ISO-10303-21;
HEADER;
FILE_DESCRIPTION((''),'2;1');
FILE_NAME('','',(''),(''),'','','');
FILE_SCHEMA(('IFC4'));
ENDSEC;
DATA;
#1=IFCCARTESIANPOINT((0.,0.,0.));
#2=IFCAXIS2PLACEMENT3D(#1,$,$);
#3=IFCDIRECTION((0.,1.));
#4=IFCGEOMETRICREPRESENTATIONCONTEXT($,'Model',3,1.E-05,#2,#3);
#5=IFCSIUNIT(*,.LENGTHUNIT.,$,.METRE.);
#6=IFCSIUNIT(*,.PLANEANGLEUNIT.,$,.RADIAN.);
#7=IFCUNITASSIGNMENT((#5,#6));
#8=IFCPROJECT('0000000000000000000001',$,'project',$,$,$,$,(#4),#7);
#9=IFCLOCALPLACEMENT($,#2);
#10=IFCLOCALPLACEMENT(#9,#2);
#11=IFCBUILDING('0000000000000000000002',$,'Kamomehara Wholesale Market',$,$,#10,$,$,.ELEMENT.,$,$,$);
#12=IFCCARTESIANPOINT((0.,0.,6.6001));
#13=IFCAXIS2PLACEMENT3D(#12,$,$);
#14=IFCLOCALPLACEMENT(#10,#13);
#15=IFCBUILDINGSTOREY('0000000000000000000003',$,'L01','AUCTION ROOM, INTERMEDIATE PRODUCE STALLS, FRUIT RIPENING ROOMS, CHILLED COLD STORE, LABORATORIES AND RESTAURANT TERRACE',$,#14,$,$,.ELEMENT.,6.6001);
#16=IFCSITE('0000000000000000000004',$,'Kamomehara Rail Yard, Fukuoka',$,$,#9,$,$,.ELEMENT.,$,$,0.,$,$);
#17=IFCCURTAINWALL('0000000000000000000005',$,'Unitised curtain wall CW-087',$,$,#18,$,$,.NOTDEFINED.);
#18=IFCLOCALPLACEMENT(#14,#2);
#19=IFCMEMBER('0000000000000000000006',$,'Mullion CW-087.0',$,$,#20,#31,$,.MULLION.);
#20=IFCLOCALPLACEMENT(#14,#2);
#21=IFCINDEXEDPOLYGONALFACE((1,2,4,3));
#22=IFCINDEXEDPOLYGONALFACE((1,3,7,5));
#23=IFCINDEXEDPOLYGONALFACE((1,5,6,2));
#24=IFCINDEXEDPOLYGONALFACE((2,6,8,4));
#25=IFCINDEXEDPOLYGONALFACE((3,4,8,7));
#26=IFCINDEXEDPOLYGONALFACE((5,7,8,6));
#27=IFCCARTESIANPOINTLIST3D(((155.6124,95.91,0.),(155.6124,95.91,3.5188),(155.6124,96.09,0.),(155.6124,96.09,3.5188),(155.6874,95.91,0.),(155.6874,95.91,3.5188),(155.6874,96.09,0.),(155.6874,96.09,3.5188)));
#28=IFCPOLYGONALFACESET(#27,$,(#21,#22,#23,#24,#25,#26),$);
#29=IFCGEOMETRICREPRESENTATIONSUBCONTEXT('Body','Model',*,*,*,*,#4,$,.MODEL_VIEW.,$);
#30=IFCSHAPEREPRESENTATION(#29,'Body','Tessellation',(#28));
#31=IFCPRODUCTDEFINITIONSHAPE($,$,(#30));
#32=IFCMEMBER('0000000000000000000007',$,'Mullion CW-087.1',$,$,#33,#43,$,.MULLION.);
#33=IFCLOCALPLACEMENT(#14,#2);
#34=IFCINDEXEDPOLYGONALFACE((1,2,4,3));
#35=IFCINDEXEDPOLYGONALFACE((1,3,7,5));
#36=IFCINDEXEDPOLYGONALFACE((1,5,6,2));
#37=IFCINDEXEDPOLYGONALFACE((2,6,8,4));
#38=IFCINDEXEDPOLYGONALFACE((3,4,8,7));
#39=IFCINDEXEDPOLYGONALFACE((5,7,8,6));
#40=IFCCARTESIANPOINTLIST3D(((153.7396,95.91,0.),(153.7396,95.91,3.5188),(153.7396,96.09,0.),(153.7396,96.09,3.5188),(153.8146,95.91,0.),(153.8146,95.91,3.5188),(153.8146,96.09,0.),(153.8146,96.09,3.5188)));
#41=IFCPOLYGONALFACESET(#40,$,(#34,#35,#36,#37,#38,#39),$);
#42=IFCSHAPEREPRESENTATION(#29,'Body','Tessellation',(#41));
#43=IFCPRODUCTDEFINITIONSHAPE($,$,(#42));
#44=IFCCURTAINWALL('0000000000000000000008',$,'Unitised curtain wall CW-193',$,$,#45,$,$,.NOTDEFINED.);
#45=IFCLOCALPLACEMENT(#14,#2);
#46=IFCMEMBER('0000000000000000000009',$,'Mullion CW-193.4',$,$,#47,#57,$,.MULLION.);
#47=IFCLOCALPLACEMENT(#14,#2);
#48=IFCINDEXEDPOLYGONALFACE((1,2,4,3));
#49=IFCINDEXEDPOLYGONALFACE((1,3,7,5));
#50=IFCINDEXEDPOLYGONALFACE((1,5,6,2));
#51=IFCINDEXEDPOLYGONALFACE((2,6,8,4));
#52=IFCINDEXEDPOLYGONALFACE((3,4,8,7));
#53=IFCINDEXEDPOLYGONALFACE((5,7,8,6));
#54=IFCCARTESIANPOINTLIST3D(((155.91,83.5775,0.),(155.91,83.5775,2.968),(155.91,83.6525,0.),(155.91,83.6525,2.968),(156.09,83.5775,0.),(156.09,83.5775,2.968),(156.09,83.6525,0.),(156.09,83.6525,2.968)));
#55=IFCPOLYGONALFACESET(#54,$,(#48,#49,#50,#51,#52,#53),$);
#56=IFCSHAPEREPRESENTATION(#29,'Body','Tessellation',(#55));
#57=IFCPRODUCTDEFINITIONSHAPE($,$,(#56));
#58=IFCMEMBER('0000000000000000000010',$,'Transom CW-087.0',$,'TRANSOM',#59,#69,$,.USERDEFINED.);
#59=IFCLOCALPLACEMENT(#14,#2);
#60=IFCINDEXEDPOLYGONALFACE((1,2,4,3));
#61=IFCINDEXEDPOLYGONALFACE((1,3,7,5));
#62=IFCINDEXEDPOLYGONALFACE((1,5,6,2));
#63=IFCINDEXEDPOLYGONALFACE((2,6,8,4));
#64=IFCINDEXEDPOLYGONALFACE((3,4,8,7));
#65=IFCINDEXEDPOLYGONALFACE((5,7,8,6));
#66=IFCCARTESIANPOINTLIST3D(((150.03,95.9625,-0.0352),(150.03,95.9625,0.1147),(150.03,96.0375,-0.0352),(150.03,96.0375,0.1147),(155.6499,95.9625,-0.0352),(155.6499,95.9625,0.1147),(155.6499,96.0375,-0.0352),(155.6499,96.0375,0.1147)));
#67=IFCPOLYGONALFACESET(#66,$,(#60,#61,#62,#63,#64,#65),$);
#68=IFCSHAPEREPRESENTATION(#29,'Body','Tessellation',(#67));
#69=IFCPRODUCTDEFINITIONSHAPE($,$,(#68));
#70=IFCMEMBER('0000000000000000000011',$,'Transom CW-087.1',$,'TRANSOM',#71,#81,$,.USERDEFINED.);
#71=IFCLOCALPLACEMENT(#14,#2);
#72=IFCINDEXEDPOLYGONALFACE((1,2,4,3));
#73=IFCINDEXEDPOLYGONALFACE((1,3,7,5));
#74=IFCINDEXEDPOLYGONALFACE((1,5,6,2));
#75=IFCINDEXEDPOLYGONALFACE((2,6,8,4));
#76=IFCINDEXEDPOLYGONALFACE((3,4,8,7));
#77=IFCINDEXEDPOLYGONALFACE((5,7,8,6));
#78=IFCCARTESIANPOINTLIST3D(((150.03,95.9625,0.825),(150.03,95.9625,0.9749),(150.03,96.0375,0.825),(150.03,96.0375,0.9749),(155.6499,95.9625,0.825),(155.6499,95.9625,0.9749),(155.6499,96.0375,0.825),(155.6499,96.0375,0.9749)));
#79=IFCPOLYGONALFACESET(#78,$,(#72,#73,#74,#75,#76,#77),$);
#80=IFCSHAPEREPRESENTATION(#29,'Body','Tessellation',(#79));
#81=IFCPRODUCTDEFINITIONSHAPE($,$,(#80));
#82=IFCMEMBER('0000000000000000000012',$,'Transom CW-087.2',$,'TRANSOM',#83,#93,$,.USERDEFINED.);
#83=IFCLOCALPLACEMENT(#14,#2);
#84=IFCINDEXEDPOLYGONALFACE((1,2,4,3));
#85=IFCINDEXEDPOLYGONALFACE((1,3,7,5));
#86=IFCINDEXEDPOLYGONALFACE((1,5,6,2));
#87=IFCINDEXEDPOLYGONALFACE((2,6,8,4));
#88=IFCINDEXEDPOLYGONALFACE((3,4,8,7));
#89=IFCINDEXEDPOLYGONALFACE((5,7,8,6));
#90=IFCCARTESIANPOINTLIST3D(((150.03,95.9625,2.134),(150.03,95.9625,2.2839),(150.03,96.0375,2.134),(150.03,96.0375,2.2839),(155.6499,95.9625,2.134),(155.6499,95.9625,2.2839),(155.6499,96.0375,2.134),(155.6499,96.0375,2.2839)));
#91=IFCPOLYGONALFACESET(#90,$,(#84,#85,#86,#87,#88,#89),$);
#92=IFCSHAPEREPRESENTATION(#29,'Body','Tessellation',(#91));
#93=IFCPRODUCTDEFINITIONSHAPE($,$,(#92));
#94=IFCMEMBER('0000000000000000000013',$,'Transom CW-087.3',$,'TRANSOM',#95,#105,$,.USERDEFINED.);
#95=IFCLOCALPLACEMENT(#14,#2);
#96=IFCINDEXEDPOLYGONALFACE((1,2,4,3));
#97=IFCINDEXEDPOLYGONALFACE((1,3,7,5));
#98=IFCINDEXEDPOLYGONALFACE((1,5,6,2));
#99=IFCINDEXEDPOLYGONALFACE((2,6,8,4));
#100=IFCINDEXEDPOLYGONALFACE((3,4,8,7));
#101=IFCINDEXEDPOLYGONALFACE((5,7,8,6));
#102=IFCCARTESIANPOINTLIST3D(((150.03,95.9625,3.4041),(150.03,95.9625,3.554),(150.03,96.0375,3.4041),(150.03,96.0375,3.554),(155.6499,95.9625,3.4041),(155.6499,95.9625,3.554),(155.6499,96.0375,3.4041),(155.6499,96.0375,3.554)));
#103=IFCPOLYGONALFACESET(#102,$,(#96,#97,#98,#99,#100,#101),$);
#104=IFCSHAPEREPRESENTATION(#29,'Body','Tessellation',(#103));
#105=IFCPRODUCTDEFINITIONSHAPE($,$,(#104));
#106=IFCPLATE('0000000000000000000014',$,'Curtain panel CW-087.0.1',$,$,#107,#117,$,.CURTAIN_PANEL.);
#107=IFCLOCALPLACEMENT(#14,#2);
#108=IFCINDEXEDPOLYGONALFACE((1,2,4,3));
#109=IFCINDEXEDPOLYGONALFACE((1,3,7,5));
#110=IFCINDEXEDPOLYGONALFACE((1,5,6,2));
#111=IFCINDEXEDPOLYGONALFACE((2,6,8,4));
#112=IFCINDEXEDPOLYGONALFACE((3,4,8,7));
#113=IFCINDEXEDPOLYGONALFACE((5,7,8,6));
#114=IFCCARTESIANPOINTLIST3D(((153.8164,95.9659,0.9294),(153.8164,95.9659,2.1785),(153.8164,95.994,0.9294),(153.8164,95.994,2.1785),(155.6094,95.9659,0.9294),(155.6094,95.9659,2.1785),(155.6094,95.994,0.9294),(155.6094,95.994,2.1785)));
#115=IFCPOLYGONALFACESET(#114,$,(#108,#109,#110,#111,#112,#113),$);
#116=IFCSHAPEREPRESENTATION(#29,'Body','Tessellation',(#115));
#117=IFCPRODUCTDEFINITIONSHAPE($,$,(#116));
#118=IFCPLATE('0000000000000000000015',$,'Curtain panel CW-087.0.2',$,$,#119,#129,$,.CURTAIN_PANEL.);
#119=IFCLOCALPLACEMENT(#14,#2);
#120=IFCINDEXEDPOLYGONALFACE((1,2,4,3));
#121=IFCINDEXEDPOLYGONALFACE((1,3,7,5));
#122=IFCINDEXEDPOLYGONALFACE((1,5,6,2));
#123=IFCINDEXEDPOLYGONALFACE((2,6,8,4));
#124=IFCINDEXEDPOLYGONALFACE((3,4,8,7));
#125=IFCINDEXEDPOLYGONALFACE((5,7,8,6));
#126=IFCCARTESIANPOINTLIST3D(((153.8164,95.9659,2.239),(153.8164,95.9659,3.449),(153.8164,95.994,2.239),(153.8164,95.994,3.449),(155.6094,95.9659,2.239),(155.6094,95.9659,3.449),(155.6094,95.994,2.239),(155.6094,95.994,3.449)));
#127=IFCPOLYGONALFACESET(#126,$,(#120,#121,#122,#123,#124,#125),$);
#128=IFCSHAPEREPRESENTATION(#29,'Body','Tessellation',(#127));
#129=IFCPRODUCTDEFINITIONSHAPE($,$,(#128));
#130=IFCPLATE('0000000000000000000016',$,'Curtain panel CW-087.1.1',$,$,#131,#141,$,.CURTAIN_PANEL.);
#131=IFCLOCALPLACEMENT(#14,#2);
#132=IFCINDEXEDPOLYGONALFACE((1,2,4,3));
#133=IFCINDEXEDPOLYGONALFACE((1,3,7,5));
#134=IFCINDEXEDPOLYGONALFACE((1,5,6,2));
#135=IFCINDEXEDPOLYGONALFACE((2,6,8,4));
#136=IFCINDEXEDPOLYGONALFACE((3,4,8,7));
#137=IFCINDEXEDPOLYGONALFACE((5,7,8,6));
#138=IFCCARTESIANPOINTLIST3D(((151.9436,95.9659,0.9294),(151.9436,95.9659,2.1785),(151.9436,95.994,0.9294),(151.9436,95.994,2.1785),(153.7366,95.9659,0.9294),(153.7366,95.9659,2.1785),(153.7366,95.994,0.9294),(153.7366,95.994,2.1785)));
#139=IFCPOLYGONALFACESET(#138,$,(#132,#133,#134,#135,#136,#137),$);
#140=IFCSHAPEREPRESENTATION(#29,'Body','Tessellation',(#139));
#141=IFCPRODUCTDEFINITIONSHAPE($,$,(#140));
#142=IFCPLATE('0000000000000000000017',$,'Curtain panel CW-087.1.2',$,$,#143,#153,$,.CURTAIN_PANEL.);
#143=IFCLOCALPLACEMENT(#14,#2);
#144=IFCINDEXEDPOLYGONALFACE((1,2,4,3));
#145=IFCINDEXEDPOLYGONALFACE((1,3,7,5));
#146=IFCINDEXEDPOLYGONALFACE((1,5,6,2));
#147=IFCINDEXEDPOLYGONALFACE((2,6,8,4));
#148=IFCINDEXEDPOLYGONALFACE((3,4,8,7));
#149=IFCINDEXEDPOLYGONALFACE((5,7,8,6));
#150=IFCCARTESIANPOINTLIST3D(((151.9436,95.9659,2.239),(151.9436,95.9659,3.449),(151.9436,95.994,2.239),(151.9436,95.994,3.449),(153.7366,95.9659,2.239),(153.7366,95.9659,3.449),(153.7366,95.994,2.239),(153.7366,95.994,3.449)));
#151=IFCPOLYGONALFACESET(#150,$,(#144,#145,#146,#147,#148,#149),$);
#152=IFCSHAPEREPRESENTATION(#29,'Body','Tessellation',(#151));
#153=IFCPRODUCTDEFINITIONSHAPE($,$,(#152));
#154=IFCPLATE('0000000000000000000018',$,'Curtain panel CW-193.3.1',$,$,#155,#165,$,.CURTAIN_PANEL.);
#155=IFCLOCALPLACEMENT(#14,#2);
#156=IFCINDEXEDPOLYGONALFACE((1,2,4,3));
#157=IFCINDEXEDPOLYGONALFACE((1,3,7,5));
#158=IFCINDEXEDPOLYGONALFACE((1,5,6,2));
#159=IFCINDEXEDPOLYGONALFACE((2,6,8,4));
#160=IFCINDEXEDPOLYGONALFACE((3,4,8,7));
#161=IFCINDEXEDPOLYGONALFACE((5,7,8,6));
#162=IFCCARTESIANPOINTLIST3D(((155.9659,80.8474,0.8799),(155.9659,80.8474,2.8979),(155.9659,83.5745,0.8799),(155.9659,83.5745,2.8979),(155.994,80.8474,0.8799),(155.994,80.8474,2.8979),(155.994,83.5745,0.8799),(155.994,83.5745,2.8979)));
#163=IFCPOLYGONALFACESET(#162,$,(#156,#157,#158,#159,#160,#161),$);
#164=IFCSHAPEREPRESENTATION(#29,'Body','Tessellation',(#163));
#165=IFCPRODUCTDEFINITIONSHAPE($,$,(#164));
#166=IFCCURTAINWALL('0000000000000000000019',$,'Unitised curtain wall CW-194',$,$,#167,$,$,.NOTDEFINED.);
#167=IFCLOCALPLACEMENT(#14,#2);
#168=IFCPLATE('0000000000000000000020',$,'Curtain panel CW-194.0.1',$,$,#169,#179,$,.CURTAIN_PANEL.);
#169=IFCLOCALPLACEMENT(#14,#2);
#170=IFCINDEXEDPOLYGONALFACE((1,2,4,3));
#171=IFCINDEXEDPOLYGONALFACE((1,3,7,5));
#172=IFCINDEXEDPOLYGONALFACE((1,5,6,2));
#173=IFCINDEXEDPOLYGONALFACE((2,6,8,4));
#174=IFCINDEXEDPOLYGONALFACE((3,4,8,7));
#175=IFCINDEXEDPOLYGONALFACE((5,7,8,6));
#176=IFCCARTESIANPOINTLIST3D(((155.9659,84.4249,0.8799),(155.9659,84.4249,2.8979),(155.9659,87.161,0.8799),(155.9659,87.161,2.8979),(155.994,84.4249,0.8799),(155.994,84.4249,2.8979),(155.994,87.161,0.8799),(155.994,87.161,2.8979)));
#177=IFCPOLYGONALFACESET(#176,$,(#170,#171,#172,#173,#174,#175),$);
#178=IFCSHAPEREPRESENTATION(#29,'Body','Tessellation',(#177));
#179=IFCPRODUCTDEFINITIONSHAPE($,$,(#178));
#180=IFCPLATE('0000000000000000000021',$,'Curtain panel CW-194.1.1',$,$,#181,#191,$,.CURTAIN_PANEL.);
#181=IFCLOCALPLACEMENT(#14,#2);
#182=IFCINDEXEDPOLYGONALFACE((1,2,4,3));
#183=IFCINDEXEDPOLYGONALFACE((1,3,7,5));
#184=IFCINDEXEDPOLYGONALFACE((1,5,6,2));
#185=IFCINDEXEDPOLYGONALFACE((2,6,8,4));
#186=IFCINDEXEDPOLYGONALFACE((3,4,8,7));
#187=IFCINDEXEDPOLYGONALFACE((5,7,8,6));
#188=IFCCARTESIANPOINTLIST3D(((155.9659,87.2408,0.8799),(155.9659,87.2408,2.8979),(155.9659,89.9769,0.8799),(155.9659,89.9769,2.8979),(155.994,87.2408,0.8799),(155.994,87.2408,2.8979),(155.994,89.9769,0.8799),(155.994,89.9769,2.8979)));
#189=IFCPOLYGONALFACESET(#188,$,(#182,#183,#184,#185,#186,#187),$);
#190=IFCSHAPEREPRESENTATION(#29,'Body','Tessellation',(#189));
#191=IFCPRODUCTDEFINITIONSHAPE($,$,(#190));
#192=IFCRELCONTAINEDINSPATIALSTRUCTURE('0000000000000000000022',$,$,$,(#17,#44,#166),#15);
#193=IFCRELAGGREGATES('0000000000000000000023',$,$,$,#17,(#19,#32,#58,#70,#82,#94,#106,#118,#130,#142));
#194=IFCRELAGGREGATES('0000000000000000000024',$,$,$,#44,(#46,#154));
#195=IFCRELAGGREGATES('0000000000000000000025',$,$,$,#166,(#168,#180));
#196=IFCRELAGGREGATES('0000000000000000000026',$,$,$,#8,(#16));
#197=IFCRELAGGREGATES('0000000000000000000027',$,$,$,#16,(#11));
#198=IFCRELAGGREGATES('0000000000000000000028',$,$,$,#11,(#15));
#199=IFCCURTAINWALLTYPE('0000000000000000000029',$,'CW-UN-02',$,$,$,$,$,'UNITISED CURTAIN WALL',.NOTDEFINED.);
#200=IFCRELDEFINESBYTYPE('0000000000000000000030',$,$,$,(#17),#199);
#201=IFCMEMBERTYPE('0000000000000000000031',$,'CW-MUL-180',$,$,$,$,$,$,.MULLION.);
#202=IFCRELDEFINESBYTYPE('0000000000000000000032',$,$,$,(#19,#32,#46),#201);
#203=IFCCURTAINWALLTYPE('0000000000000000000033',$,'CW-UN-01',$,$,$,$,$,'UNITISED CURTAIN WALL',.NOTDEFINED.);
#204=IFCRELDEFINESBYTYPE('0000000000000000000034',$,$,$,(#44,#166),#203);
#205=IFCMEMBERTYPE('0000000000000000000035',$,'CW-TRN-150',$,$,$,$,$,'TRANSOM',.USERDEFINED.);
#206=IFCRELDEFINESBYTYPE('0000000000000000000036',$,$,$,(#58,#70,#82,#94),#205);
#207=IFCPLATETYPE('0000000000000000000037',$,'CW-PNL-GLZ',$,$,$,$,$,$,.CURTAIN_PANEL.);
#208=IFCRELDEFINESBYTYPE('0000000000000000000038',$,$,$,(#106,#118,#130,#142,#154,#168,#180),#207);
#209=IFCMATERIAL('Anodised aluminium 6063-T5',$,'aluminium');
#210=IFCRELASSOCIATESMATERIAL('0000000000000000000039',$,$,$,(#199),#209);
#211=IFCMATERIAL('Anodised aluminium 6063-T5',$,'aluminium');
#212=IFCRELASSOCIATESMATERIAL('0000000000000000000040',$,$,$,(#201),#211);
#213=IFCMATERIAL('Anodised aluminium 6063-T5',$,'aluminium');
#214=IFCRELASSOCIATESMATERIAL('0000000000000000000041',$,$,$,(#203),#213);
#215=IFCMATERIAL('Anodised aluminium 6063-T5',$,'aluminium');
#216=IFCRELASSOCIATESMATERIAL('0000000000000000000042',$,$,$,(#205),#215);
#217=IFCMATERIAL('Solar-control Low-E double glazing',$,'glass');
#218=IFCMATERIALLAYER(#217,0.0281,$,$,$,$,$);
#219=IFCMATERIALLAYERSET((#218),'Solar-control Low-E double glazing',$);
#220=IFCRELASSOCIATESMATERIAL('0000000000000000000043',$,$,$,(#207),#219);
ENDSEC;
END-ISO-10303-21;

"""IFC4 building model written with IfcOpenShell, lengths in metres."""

from ifc_helpers import new_model, si_unit, direction, frame, origin, origin_2d, place, context, subcontext, project, spatial, rectangle, extrude, material, layer, layer_set, material_profile, profile_set, type_object, element, aggregate, save


model = new_model("IFC4")

# Units and contexts
model_context = context("Model", 3, precision=1e-05, world=origin(), true_north=direction((0.0, 1.0)))
body_context = subcontext(model_context, "Body", "Model", "MODEL_VIEW")
ifc_project = project(units=[si_unit("LENGTHUNIT", "METRE"), si_unit("PLANEANGLEUNIT", "RADIAN")], contexts=[model_context])

# Site, building, storey
site_placement = place(None, origin())
site = spatial("IfcSite", under=ifc_project, at=site_placement, Name="Kamomehara Rail Yard, Fukuoka", CompositionType="ELEMENT", RefElevation=0.0)
building_placement = place(site_placement, origin())
building = spatial("IfcBuilding", under=site, at=building_placement, Name="Kamomehara Wholesale Market", CompositionType="ELEMENT")
storey_placement = place(building_placement, frame((0.0, 0.0, 6.6001)))
storey = spatial("IfcBuildingStorey", under=building, at=storey_placement, Name="L01", Description="AUCTION ROOM, INTERMEDIATE PRODUCE STALLS, FRUIT RIPENING ROOMS, CHILLED COLD STORE, LABORATORIES AND RESTAURANT TERRACE", CompositionType="ELEMENT", Elevation=6.6001)

# Curtain wall, members
ifc_material_1 = material(Name="Anodised aluminium 6063-T5", Category="aluminium")
curtain_wall_type_1 = type_object("IfcCurtainWallType", Name="CW-UN-02", ElementType="UNITISED CURTAIN WALL", PredefinedType="NOTDEFINED", material=ifc_material_1)
curtain_wall_1_placement = place(storey_placement, origin())
curtain_wall_1 = element("IfcCurtainWall", 1, at=curtain_wall_1_placement, inside=storey, type_object=curtain_wall_type_1, Name="Unitised curtain wall CW-087", PredefinedType="NOTDEFINED")
ifc_material_2 = material(Name="Anodised aluminium 6063-T5", Category="aluminium")
ifc_material_profile_1 = material_profile(ifc_material_2, rectangle(XDim=0.075, YDim=0.1799, at=origin_2d()), Name="ALU-MUL-75x180")
ifc_profile_set_1 = profile_set([ifc_material_profile_1], Name="Anodised aluminium 6063-T5")
member_type_1 = type_object("IfcMemberType", Name="CW-MUL-180", PredefinedType="MULLION", material=ifc_profile_set_1)
member_1_placement = place(storey_placement, frame((155.6499, 96.0, 0.0), z_axis=(0.0, 0.0, 1.0), x_axis=(-1.0, 0.0, 0.0)))
member_1 = element("IfcMember", 2, at=member_1_placement, type_object=member_type_1, Name="Mullion CW-087.0", PredefinedType="MULLION", context=body_context, shape_type="SweptSolid", body=[
    extrude(rectangle(XDim=0.075, YDim=0.1799, at=origin_2d()), origin(), (0.0, 0.0, 1.0), 3.5188),
])
member_2_placement = place(storey_placement, frame((153.7771, 96.0, 0.0), z_axis=(0.0, 0.0, 1.0), x_axis=(-1.0, 0.0, 0.0)))
member_2 = element("IfcMember", 3, at=member_2_placement, type_object=member_type_1, Name="Mullion CW-087.1", PredefinedType="MULLION", context=body_context, shape_type="SweptSolid", body=[
    extrude(rectangle(XDim=0.075, YDim=0.1799, at=origin_2d()), origin(), (0.0, 0.0, 1.0), 3.5188),
])

# Curtain wall, member
ifc_material_3 = material(Name="Anodised aluminium 6063-T5", Category="aluminium")
curtain_wall_type_2 = type_object("IfcCurtainWallType", Name="CW-UN-01", ElementType="UNITISED CURTAIN WALL", PredefinedType="NOTDEFINED", material=ifc_material_3)
curtain_wall_2_placement = place(storey_placement, origin())
curtain_wall_2 = element("IfcCurtainWall", 4, at=curtain_wall_2_placement, inside=storey, type_object=curtain_wall_type_2, Name="Unitised curtain wall CW-193", PredefinedType="NOTDEFINED")
member_3_placement = place(storey_placement, frame((156.0, 83.615, 0.0), z_axis=(0.0, 0.0, 1.0), x_axis=(0.0, 1.0, 0.0)))
member_3 = element("IfcMember", 5, at=member_3_placement, type_object=member_type_1, Name="Mullion CW-193.4", PredefinedType="MULLION", context=body_context, shape_type="SweptSolid", body=[
    extrude(rectangle(XDim=0.075, YDim=0.1799, at=origin_2d()), origin(), (0.0, 0.0, 1.0), 2.968),
])

# Members
ifc_material_4 = material(Name="Anodised aluminium 6063-T5", Category="aluminium")
ifc_material_profile_2 = material_profile(ifc_material_4, rectangle(XDim=0.075, YDim=0.1499, at=origin_2d()), Name="ALU-TRN-75x150")
ifc_profile_set_2 = profile_set([ifc_material_profile_2], Name="Anodised aluminium 6063-T5")
member_type_2 = type_object("IfcMemberType", Name="CW-TRN-150", ElementType="TRANSOM", PredefinedType="USERDEFINED", material=ifc_profile_set_2)
member_4_placement = place(storey_placement, frame((155.6499, 96.0, 0.0398), z_axis=(-1.0, 0.0, 0.0), x_axis=(0.0, -1.0, 0.0)))
member_4 = element("IfcMember", 6, at=member_4_placement, type_object=member_type_2, Name="Transom CW-087.0", ObjectType="TRANSOM", PredefinedType="USERDEFINED", context=body_context, shape_type="SweptSolid", body=[
    extrude(rectangle(XDim=0.075, YDim=0.1499, at=origin_2d()), origin(), (0.0, 0.0, 1.0), 5.6199),
])
member_5_placement = place(storey_placement, frame((155.6499, 96.0, 0.8999), z_axis=(-1.0, 0.0, 0.0), x_axis=(0.0, -1.0, 0.0)))
member_5 = element("IfcMember", 7, at=member_5_placement, type_object=member_type_2, Name="Transom CW-087.1", ObjectType="TRANSOM", PredefinedType="USERDEFINED", context=body_context, shape_type="SweptSolid", body=[
    extrude(rectangle(XDim=0.075, YDim=0.1499, at=origin_2d()), origin(), (0.0, 0.0, 1.0), 5.6199),
])
member_6_placement = place(storey_placement, frame((155.6499, 96.0, 2.209), z_axis=(-1.0, 0.0, 0.0), x_axis=(0.0, -1.0, 0.0)))
member_6 = element("IfcMember", 8, at=member_6_placement, type_object=member_type_2, Name="Transom CW-087.2", ObjectType="TRANSOM", PredefinedType="USERDEFINED", context=body_context, shape_type="SweptSolid", body=[
    extrude(rectangle(XDim=0.075, YDim=0.1499, at=origin_2d()), origin(), (0.0, 0.0, 1.0), 5.6199),
])
member_7_placement = place(storey_placement, frame((155.6499, 96.0, 3.479), z_axis=(-1.0, 0.0, 0.0), x_axis=(0.0, -1.0, 0.0)))
member_7 = element("IfcMember", 9, at=member_7_placement, type_object=member_type_2, Name="Transom CW-087.3", ObjectType="TRANSOM", PredefinedType="USERDEFINED", context=body_context, shape_type="SweptSolid", body=[
    extrude(rectangle(XDim=0.075, YDim=0.1499, at=origin_2d()), origin(), (0.0, 0.0, 1.0), 5.6199),
])

# Plates
ifc_material_5 = material(Name="Solar-control Low-E double glazing", Category="glass")
ifc_layer_1 = layer(ifc_material_5, 0.0281)
ifc_layer_set_1 = layer_set([ifc_layer_1], Name="Solar-control Low-E double glazing")
plate_type_1 = type_object("IfcPlateType", Name="CW-PNL-GLZ", PredefinedType="CURTAIN_PANEL", material=ifc_layer_set_1)
plate_1_placement = place(storey_placement, frame((154.7129, 95.98, 0.9294), z_axis=(0.0, 0.0, 1.0), x_axis=(-1.0, 0.0, 0.0)))
plate_1 = element("IfcPlate", 10, at=plate_1_placement, type_object=plate_type_1, Name="Curtain panel CW-087.0.1", PredefinedType="CURTAIN_PANEL", context=body_context, shape_type="SweptSolid", body=[
    extrude(rectangle(XDim=1.793, YDim=0.0281, at=origin_2d()), origin(), (0.0, 0.0, 1.0), 1.249),
])
plate_2_placement = place(storey_placement, frame((154.7129, 95.98, 2.239), z_axis=(0.0, 0.0, 1.0), x_axis=(-1.0, 0.0, 0.0)))
plate_2 = element("IfcPlate", 11, at=plate_2_placement, type_object=plate_type_1, Name="Curtain panel CW-087.0.2", PredefinedType="CURTAIN_PANEL", context=body_context, shape_type="SweptSolid", body=[
    extrude(rectangle(XDim=1.793, YDim=0.0281, at=origin_2d()), origin(), (0.0, 0.0, 1.0), 1.21),
])
plate_3_placement = place(storey_placement, frame((152.8401, 95.98, 0.9294), z_axis=(0.0, 0.0, 1.0), x_axis=(-1.0, 0.0, 0.0)))
plate_3 = element("IfcPlate", 12, at=plate_3_placement, type_object=plate_type_1, Name="Curtain panel CW-087.1.1", PredefinedType="CURTAIN_PANEL", context=body_context, shape_type="SweptSolid", body=[
    extrude(rectangle(XDim=1.793, YDim=0.0281, at=origin_2d()), origin(), (0.0, 0.0, 1.0), 1.249),
])
plate_4_placement = place(storey_placement, frame((152.8401, 95.98, 2.239), z_axis=(0.0, 0.0, 1.0), x_axis=(-1.0, 0.0, 0.0)))
plate_4 = element("IfcPlate", 13, at=plate_4_placement, type_object=plate_type_1, Name="Curtain panel CW-087.1.2", PredefinedType="CURTAIN_PANEL", context=body_context, shape_type="SweptSolid", body=[
    extrude(rectangle(XDim=1.793, YDim=0.0281, at=origin_2d()), origin(), (0.0, 0.0, 1.0), 1.21),
])
plate_5_placement = place(storey_placement, frame((155.98, 82.2109, 0.8799), z_axis=(0.0, 0.0, 1.0), x_axis=(0.0, 1.0, 0.0)))
plate_5 = element("IfcPlate", 14, at=plate_5_placement, type_object=plate_type_1, Name="Curtain panel CW-193.3.1", PredefinedType="CURTAIN_PANEL", context=body_context, shape_type="SweptSolid", body=[
    extrude(rectangle(XDim=2.7271, YDim=0.0281, at=origin_2d()), origin(), (0.0, 0.0, 1.0), 2.0181),
])

# Curtain wall, plates
curtain_wall_3_placement = place(storey_placement, origin())
curtain_wall_3 = element("IfcCurtainWall", 15, at=curtain_wall_3_placement, inside=storey, type_object=curtain_wall_type_2, Name="Unitised curtain wall CW-194", PredefinedType="NOTDEFINED")
plate_6_placement = place(storey_placement, frame((155.98, 85.793, 0.8799), z_axis=(0.0, 0.0, 1.0), x_axis=(0.0, 1.0, 0.0)))
plate_6 = element("IfcPlate", 16, at=plate_6_placement, type_object=plate_type_1, Name="Curtain panel CW-194.0.1", PredefinedType="CURTAIN_PANEL", context=body_context, shape_type="SweptSolid", body=[
    extrude(rectangle(XDim=2.7361, YDim=0.0281, at=origin_2d()), origin(), (0.0, 0.0, 1.0), 2.0181),
])
plate_7_placement = place(storey_placement, frame((155.98, 88.6089, 0.8799), z_axis=(0.0, 0.0, 1.0), x_axis=(0.0, 1.0, 0.0)))
plate_7 = element("IfcPlate", 17, at=plate_7_placement, type_object=plate_type_1, Name="Curtain panel CW-194.1.1", PredefinedType="CURTAIN_PANEL", context=body_context, shape_type="SweptSolid", body=[
    extrude(rectangle(XDim=2.7361, YDim=0.0281, at=origin_2d()), origin(), (0.0, 0.0, 1.0), 2.0181),
])

aggregate(curtain_wall_1, [member_1, member_2, member_4, member_5, member_6, member_7, plate_1, plate_2, plate_3, plate_4])
aggregate(curtain_wall_2, [member_3, plate_5])
aggregate(curtain_wall_3, [plate_6, plate_7])

save(model, "model.ifc")
